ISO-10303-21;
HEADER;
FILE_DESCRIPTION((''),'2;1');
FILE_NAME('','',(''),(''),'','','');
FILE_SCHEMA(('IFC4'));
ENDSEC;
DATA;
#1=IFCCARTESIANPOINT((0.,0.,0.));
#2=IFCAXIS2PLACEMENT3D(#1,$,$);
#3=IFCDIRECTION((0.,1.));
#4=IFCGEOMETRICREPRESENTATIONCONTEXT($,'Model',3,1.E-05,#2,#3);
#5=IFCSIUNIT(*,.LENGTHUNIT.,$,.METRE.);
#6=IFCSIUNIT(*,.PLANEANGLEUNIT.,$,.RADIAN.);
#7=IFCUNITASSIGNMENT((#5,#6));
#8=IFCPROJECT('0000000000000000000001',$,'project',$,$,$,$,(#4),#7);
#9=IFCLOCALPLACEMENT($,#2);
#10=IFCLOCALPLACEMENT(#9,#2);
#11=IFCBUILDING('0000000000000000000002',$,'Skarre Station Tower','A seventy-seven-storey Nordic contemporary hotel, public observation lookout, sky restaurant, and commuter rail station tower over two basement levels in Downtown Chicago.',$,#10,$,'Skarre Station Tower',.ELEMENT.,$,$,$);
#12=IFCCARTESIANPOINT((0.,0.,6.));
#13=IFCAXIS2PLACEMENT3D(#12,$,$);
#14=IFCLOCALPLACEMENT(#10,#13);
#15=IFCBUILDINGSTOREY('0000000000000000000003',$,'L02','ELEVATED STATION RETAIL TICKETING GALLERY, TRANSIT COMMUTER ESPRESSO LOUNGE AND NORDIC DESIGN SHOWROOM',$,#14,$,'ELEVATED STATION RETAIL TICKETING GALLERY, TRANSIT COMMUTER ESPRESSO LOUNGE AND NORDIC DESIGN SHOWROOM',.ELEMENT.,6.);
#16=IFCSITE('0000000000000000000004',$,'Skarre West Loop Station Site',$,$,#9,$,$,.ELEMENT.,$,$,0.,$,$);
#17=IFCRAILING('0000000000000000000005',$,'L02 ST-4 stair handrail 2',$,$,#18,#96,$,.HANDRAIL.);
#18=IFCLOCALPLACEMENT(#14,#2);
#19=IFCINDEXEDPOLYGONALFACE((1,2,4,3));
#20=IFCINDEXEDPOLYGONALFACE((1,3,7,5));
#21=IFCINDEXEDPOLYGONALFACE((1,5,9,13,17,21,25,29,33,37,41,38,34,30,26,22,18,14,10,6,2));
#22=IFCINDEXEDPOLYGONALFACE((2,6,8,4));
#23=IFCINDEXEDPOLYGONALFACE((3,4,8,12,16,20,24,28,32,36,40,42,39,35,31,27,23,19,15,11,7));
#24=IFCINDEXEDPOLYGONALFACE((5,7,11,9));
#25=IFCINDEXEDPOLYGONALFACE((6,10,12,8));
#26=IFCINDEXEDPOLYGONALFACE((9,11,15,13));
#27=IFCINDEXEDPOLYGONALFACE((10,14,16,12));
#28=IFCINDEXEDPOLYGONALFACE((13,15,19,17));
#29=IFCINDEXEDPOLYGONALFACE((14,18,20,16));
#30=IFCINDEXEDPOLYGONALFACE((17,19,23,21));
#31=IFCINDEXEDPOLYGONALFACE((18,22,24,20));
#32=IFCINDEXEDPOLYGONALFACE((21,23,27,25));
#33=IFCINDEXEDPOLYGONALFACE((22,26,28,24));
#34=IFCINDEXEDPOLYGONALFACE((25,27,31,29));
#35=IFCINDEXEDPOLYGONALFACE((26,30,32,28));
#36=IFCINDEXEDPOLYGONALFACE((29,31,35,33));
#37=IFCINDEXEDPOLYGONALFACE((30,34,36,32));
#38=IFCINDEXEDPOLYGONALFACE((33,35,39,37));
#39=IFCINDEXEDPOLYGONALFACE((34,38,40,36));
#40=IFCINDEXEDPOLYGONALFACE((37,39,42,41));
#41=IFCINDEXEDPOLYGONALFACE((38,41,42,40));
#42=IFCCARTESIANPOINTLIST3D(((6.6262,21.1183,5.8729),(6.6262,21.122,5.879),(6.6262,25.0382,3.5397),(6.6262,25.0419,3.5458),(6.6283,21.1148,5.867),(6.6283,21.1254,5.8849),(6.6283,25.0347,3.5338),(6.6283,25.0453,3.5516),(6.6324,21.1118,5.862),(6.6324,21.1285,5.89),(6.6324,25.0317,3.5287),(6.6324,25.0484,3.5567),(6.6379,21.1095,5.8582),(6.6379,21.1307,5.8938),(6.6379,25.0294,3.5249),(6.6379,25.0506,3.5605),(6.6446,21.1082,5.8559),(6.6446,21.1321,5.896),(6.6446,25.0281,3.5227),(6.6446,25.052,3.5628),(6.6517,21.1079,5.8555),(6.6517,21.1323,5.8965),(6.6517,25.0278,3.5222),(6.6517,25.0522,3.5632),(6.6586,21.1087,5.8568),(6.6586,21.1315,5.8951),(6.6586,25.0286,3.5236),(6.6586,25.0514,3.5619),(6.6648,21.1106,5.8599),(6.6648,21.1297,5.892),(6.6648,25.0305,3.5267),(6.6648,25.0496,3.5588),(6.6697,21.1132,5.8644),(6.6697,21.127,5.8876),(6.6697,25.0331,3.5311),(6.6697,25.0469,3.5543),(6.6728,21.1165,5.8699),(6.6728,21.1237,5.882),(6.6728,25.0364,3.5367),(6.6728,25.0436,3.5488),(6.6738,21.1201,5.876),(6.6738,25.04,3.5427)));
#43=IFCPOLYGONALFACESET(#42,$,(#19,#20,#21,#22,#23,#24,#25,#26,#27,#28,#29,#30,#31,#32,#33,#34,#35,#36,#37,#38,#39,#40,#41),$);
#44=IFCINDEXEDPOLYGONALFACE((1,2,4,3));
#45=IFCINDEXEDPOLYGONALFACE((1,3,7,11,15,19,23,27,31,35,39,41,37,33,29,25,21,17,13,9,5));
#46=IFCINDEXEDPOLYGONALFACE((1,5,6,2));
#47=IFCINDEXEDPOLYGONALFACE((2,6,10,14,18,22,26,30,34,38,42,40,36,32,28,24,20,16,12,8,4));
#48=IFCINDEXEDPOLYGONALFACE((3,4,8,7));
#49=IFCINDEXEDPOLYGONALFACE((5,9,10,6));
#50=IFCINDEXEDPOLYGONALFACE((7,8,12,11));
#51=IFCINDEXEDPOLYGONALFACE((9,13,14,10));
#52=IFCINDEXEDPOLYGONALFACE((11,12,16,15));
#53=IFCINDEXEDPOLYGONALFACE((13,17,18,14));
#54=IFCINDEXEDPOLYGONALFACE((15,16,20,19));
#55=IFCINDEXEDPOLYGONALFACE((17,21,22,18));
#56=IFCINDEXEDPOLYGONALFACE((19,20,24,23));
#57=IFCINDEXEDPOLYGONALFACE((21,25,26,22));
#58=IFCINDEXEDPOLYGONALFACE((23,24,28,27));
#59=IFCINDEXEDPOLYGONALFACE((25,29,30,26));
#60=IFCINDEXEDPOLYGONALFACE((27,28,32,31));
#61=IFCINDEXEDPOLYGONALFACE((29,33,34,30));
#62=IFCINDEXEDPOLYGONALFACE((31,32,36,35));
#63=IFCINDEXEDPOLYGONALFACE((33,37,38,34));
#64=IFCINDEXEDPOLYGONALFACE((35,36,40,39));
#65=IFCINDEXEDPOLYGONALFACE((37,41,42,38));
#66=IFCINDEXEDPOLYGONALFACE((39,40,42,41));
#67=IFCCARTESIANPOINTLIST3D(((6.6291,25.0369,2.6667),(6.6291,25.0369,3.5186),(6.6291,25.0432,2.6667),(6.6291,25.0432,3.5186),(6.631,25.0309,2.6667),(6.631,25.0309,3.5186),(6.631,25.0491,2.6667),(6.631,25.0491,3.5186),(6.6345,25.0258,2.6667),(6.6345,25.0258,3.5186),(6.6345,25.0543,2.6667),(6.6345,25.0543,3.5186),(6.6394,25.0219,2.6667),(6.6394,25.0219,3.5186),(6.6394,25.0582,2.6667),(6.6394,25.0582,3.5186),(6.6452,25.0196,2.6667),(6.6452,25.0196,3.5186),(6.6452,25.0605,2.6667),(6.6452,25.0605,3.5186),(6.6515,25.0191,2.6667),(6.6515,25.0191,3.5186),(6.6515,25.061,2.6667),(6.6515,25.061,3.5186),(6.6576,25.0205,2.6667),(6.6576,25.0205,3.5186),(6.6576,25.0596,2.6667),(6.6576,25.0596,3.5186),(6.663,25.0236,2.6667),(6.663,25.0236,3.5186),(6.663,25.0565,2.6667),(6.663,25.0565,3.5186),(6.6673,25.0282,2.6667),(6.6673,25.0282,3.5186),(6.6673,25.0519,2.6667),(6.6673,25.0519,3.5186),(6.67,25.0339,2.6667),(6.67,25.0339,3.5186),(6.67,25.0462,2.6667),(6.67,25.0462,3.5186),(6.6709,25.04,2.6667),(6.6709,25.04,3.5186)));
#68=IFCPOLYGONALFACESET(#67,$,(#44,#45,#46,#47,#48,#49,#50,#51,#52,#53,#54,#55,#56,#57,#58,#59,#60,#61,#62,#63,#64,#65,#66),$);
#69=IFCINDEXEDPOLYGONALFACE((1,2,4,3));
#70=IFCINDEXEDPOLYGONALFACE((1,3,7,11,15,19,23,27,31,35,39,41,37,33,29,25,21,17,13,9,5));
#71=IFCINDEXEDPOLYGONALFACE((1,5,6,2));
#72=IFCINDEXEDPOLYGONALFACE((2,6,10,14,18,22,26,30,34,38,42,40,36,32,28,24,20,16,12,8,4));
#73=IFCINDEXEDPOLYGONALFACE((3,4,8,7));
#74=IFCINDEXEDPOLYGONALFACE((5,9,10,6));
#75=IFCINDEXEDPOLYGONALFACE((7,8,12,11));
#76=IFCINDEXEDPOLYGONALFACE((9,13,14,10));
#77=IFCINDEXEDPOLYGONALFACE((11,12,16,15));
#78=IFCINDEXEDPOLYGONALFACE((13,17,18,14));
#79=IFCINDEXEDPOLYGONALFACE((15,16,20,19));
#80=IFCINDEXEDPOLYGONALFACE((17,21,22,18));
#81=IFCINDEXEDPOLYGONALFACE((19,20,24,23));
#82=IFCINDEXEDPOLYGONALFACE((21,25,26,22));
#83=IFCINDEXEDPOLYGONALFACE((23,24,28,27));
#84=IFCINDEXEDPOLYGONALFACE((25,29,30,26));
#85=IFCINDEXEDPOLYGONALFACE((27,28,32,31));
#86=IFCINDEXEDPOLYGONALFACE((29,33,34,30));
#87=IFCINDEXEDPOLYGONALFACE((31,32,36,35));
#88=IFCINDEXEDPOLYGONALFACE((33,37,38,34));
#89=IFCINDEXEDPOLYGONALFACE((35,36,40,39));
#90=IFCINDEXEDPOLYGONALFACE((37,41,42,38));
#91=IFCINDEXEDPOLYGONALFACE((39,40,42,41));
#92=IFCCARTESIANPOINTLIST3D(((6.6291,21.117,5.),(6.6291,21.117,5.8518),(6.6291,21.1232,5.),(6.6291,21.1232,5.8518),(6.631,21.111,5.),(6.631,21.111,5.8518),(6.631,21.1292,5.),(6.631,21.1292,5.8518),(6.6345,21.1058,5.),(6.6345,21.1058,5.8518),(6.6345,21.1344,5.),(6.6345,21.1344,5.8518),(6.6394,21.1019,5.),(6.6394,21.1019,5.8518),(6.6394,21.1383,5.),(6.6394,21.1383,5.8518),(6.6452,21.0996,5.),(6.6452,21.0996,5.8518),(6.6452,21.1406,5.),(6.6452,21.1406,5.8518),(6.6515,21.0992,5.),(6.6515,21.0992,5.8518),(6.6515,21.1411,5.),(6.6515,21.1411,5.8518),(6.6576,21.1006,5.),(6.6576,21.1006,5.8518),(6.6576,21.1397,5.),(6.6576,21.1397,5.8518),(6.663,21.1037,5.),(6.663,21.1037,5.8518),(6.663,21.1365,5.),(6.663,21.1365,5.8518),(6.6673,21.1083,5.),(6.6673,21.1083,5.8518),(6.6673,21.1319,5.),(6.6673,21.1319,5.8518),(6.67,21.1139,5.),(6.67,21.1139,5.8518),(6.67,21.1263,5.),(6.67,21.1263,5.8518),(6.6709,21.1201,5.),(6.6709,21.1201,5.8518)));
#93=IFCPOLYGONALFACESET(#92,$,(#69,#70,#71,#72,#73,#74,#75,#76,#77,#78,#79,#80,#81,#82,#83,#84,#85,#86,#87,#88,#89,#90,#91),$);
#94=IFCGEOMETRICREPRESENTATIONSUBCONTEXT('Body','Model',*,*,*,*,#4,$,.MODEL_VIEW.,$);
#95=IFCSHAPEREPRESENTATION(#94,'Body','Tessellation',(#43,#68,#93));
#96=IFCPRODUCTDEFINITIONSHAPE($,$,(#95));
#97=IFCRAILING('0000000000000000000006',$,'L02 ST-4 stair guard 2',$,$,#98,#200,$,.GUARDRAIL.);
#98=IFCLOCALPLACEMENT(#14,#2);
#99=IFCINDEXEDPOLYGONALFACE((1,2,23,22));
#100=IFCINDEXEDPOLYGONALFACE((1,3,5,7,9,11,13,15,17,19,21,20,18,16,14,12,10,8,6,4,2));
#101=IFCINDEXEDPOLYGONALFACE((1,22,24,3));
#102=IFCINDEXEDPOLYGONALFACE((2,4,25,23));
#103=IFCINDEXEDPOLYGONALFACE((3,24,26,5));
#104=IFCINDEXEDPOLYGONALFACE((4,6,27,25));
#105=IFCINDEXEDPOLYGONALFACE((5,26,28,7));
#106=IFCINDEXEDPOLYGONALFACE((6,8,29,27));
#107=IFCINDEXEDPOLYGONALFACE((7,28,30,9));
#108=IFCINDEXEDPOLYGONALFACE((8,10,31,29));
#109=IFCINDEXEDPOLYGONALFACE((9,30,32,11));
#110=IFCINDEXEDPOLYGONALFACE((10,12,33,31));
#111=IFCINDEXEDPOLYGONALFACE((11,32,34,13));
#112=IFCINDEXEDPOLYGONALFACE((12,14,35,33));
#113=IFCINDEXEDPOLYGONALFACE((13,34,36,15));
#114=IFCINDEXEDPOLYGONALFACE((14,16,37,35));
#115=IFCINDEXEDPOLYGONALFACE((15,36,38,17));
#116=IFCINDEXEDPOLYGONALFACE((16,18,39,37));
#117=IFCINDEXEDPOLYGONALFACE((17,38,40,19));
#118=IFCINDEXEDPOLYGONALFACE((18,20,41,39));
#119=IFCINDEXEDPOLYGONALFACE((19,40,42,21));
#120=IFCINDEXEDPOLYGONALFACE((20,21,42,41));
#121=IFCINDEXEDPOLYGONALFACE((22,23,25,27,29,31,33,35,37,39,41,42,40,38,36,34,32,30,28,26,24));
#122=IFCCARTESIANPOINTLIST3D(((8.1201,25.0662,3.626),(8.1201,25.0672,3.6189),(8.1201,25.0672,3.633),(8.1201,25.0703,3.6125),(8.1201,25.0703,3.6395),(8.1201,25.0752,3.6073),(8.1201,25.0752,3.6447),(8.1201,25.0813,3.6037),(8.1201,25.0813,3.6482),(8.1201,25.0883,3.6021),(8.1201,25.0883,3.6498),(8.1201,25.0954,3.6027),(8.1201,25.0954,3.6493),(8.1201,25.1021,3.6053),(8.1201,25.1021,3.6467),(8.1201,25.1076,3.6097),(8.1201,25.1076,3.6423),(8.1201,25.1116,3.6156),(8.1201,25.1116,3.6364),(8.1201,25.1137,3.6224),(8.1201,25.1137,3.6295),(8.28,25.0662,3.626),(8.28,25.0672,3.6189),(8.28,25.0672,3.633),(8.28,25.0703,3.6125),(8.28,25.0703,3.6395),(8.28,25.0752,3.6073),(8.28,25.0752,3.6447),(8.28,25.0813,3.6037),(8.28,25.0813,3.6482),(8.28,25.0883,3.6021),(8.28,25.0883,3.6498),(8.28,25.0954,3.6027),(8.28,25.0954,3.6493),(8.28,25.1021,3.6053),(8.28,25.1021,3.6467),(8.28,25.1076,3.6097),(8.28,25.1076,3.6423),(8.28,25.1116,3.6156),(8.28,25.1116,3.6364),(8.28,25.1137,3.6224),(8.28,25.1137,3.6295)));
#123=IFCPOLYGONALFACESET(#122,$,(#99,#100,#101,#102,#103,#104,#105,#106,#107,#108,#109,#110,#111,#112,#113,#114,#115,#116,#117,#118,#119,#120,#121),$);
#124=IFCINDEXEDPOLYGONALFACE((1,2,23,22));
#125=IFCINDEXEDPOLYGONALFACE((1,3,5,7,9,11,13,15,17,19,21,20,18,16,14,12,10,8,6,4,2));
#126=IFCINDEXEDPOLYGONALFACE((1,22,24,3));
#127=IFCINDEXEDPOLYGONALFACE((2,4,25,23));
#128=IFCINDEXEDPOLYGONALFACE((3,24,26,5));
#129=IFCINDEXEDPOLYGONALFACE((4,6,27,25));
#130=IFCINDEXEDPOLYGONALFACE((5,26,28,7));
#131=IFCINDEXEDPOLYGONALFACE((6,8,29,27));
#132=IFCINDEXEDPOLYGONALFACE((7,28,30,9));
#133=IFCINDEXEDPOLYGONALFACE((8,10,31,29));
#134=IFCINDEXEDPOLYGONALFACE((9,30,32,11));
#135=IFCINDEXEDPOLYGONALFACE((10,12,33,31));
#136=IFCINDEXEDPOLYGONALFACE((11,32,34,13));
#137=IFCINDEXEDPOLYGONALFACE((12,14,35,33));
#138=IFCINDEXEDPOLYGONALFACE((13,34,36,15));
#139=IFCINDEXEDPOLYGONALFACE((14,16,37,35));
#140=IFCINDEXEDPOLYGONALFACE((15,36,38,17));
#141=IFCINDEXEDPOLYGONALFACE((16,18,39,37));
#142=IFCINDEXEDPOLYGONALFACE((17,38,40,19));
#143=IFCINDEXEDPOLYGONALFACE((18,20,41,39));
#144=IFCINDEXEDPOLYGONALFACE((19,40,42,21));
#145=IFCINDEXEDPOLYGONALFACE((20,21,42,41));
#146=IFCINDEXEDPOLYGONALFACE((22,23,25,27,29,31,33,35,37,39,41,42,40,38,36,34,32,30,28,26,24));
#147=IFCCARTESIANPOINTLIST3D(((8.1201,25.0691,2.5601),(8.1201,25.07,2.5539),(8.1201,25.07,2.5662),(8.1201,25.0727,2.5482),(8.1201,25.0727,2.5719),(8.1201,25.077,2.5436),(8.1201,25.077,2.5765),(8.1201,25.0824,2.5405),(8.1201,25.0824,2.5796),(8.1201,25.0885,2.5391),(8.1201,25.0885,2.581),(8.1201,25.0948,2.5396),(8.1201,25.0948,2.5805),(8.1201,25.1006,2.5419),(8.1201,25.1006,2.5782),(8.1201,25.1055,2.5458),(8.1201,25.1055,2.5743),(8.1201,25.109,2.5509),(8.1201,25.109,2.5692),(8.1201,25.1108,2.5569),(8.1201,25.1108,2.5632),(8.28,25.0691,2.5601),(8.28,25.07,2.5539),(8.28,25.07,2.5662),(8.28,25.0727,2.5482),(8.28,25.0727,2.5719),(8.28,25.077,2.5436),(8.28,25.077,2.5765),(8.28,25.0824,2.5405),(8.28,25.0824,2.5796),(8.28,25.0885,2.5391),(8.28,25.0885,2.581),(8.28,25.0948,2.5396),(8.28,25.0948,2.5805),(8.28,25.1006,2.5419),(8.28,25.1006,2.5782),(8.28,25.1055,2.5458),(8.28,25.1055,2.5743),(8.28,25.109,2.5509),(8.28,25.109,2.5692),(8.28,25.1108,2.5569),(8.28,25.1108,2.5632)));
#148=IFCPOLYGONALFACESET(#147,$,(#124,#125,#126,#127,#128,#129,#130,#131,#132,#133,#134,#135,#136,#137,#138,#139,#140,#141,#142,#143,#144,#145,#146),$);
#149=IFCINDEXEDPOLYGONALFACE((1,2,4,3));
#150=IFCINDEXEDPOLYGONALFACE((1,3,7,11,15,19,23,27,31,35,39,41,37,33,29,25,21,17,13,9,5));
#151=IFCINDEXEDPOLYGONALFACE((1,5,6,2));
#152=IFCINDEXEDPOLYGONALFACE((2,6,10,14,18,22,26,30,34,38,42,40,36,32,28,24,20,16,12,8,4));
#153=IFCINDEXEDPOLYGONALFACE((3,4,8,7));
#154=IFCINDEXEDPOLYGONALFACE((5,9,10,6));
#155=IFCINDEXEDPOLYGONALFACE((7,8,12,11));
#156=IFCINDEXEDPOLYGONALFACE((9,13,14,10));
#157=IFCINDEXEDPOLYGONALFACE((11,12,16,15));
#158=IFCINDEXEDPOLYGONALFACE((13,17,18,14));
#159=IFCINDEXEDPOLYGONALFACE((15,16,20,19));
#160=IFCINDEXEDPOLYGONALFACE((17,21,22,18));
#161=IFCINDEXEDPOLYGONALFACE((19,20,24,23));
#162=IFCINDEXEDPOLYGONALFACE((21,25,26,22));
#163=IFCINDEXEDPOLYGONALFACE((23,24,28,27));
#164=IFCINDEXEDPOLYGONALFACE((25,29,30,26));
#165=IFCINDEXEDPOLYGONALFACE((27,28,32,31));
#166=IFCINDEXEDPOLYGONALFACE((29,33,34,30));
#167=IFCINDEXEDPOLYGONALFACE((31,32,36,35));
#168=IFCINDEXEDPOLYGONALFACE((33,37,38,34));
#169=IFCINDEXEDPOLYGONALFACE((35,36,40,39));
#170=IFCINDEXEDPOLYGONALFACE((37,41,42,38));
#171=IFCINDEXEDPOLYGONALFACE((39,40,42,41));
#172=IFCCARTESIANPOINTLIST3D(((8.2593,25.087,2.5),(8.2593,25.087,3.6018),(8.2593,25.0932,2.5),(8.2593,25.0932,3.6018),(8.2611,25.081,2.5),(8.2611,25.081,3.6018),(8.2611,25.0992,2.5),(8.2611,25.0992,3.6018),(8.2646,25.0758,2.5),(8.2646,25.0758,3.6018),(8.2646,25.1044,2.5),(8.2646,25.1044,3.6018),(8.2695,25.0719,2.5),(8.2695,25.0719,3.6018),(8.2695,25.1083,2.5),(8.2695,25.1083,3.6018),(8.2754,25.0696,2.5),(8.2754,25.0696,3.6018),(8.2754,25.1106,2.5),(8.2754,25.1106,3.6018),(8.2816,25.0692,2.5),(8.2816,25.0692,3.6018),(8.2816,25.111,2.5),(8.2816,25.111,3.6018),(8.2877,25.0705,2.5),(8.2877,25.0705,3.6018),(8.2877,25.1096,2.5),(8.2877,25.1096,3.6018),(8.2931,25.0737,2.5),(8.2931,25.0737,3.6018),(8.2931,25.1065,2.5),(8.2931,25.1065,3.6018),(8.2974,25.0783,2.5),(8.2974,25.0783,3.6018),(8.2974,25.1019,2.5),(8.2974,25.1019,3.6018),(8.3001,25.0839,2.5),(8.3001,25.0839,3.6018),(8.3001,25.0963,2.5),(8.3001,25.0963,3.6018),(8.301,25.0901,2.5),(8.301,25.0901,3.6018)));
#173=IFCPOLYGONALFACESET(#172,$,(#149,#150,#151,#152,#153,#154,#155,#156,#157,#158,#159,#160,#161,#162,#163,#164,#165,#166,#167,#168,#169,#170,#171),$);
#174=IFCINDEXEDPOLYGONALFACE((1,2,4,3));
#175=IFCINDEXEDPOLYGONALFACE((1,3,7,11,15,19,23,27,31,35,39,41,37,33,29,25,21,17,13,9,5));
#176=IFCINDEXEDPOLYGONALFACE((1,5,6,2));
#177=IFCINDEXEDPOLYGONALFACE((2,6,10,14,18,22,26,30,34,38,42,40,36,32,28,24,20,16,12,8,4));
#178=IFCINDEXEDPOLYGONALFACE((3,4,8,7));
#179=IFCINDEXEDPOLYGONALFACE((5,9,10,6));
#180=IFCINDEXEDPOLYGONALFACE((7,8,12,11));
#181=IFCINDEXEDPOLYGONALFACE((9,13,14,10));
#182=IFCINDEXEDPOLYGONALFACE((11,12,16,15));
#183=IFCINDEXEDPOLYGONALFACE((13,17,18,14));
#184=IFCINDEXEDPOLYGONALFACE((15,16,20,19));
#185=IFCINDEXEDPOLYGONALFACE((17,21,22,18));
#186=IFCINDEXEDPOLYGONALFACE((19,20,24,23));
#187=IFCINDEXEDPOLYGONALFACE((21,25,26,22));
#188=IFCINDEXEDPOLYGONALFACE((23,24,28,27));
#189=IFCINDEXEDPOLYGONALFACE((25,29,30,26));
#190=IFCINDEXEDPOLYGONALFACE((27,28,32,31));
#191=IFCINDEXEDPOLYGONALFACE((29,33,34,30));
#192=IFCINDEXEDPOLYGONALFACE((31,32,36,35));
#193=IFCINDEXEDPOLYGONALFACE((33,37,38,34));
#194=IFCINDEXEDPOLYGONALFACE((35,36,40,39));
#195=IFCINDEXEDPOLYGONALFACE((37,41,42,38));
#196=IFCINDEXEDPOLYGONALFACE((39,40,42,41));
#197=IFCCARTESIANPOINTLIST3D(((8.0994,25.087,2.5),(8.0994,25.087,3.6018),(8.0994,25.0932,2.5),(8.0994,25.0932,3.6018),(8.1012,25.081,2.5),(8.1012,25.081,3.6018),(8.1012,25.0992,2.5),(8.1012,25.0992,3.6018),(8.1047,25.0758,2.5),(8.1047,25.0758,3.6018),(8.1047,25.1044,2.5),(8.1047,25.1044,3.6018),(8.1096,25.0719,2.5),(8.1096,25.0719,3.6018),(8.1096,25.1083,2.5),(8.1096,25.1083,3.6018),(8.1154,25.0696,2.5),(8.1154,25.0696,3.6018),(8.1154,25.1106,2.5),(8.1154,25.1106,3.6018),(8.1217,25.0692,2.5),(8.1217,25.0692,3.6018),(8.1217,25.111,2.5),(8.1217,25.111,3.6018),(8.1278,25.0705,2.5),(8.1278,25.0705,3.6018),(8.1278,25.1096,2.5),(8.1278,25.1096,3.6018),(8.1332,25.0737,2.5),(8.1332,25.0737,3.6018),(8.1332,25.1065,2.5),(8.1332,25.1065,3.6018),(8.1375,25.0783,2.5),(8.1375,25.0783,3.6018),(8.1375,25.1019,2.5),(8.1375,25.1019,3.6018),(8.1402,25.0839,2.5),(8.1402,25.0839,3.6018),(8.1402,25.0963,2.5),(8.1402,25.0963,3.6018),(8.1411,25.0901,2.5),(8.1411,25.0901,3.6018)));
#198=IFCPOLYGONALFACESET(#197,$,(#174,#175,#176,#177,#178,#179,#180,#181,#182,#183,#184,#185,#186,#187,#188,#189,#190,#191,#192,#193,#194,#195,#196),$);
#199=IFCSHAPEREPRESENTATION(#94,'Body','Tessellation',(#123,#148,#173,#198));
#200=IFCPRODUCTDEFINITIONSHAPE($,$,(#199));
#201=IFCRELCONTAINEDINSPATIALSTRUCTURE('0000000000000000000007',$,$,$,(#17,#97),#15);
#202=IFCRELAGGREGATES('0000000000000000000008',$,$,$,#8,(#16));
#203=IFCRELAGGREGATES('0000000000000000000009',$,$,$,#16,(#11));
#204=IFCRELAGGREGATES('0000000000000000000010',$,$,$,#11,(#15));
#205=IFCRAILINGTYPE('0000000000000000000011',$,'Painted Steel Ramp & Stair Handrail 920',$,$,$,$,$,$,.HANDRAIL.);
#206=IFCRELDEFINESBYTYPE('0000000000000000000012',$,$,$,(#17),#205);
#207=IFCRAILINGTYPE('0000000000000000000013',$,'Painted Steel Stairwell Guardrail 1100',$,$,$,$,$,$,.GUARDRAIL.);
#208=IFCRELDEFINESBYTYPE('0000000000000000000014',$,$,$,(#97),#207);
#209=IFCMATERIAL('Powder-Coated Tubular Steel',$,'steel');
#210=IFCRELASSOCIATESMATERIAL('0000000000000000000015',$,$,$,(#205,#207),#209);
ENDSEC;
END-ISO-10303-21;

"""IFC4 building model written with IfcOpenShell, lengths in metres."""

from ifc_helpers import new_model, si_unit, direction, frame, origin, origin_2d, place, context, subcontext, project, spatial, circle, extrude, material, type_object, element, save


model = new_model("IFC4")

# Units and contexts
model_context = context("Model", 3, precision=1e-05, world=origin(), true_north=direction((0.0, 1.0)))
body_context = subcontext(model_context, "Body", "Model", "MODEL_VIEW")
ifc_project = project(units=[si_unit("LENGTHUNIT", "METRE"), si_unit("PLANEANGLEUNIT", "RADIAN")], contexts=[model_context])

# Site, building, storey
site_placement = place(None, origin())
site = spatial("IfcSite", under=ifc_project, at=site_placement, Name="Skarre West Loop Station Site", CompositionType="ELEMENT", RefElevation=0.0)
building_placement = place(site_placement, origin())
building = spatial("IfcBuilding", under=site, at=building_placement, Name="Skarre Station Tower", Description="A seventy-seven-storey Nordic contemporary hotel, public observation lookout, sky restaurant, and commuter rail station tower over two basement levels in Downtown Chicago.", LongName="Skarre Station Tower", CompositionType="ELEMENT")
storey_placement = place(building_placement, frame((0.0, 0.0, 6.0)))
storey = spatial("IfcBuildingStorey", under=building, at=storey_placement, Name="L02", Description="ELEVATED STATION RETAIL TICKETING GALLERY, TRANSIT COMMUTER ESPRESSO LOUNGE AND NORDIC DESIGN SHOWROOM", LongName="ELEVATED STATION RETAIL TICKETING GALLERY, TRANSIT COMMUTER ESPRESSO LOUNGE AND NORDIC DESIGN SHOWROOM", CompositionType="ELEMENT", Elevation=6.0)

# Railings
ifc_material_1 = material(Name="Powder-Coated Tubular Steel", Category="steel")
railing_type_1 = type_object("IfcRailingType", Name="Painted Steel Ramp & Stair Handrail 920", PredefinedType="HANDRAIL", material=ifc_material_1)
railing_1_placement = place(storey_placement, frame((6.6499, 25.04, 2.6667)))
element("IfcRailing", 1, at=railing_1_placement, inside=storey, type_object=railing_type_1, Name="L02 ST-4 stair handrail 2", PredefinedType="HANDRAIL", context=body_context, shape_type="SweptSolid", body=[
    extrude(circle(Radius=0.0239, at=origin_2d()), frame((0.0, 0.0, 0.876), z_axis=(0.0, -0.859296, 0.511478), x_axis=(1.0, 0.0, 0.0)), (0.0, 0.0, 1.0), 4.5618),
    extrude(circle(Radius=0.021, at=origin_2d()), origin(), (0.0, 0.0, 1.0), 0.8518),
    extrude(circle(Radius=0.021, at=origin_2d()), frame((0.0, -3.9199, 2.3333)), (0.0, 0.0, 1.0), 0.8518),
])
railing_type_2 = type_object("IfcRailingType", Name="Painted Steel Stairwell Guardrail 1100", PredefinedType="GUARDRAIL", material=ifc_material_1)
railing_2_placement = place(storey_placement, frame((8.28, 25.0901, 2.5)))
element("IfcRailing", 2, at=railing_2_placement, inside=storey, type_object=railing_type_2, Name="L02 ST-4 stair guard 2", PredefinedType="GUARDRAIL", context=body_context, shape_type="SweptSolid", body=[
    extrude(circle(Radius=0.0239, at=origin_2d()), frame((0.0, 0.0, 1.126), z_axis=(-1.0, 0.0, 0.0), x_axis=(0.0, -1.0, 0.0)), (0.0, 0.0, 1.0), 0.1599),
    extrude(circle(Radius=0.021, at=origin_2d()), frame((0.0, 0.0, 0.0601), z_axis=(-1.0, 0.0, 0.0), x_axis=(0.0, -1.0, 0.0)), (0.0, 0.0, 1.0), 0.1599),
    extrude(circle(Radius=0.021, at=origin_2d()), origin(), (0.0, 0.0, 1.0), 1.1018),
    extrude(circle(Radius=0.021, at=origin_2d()), frame((-0.1599, 0.0, 0.0)), (0.0, 0.0, 1.0), 1.1018),
])

save(model, "model.ifc")
